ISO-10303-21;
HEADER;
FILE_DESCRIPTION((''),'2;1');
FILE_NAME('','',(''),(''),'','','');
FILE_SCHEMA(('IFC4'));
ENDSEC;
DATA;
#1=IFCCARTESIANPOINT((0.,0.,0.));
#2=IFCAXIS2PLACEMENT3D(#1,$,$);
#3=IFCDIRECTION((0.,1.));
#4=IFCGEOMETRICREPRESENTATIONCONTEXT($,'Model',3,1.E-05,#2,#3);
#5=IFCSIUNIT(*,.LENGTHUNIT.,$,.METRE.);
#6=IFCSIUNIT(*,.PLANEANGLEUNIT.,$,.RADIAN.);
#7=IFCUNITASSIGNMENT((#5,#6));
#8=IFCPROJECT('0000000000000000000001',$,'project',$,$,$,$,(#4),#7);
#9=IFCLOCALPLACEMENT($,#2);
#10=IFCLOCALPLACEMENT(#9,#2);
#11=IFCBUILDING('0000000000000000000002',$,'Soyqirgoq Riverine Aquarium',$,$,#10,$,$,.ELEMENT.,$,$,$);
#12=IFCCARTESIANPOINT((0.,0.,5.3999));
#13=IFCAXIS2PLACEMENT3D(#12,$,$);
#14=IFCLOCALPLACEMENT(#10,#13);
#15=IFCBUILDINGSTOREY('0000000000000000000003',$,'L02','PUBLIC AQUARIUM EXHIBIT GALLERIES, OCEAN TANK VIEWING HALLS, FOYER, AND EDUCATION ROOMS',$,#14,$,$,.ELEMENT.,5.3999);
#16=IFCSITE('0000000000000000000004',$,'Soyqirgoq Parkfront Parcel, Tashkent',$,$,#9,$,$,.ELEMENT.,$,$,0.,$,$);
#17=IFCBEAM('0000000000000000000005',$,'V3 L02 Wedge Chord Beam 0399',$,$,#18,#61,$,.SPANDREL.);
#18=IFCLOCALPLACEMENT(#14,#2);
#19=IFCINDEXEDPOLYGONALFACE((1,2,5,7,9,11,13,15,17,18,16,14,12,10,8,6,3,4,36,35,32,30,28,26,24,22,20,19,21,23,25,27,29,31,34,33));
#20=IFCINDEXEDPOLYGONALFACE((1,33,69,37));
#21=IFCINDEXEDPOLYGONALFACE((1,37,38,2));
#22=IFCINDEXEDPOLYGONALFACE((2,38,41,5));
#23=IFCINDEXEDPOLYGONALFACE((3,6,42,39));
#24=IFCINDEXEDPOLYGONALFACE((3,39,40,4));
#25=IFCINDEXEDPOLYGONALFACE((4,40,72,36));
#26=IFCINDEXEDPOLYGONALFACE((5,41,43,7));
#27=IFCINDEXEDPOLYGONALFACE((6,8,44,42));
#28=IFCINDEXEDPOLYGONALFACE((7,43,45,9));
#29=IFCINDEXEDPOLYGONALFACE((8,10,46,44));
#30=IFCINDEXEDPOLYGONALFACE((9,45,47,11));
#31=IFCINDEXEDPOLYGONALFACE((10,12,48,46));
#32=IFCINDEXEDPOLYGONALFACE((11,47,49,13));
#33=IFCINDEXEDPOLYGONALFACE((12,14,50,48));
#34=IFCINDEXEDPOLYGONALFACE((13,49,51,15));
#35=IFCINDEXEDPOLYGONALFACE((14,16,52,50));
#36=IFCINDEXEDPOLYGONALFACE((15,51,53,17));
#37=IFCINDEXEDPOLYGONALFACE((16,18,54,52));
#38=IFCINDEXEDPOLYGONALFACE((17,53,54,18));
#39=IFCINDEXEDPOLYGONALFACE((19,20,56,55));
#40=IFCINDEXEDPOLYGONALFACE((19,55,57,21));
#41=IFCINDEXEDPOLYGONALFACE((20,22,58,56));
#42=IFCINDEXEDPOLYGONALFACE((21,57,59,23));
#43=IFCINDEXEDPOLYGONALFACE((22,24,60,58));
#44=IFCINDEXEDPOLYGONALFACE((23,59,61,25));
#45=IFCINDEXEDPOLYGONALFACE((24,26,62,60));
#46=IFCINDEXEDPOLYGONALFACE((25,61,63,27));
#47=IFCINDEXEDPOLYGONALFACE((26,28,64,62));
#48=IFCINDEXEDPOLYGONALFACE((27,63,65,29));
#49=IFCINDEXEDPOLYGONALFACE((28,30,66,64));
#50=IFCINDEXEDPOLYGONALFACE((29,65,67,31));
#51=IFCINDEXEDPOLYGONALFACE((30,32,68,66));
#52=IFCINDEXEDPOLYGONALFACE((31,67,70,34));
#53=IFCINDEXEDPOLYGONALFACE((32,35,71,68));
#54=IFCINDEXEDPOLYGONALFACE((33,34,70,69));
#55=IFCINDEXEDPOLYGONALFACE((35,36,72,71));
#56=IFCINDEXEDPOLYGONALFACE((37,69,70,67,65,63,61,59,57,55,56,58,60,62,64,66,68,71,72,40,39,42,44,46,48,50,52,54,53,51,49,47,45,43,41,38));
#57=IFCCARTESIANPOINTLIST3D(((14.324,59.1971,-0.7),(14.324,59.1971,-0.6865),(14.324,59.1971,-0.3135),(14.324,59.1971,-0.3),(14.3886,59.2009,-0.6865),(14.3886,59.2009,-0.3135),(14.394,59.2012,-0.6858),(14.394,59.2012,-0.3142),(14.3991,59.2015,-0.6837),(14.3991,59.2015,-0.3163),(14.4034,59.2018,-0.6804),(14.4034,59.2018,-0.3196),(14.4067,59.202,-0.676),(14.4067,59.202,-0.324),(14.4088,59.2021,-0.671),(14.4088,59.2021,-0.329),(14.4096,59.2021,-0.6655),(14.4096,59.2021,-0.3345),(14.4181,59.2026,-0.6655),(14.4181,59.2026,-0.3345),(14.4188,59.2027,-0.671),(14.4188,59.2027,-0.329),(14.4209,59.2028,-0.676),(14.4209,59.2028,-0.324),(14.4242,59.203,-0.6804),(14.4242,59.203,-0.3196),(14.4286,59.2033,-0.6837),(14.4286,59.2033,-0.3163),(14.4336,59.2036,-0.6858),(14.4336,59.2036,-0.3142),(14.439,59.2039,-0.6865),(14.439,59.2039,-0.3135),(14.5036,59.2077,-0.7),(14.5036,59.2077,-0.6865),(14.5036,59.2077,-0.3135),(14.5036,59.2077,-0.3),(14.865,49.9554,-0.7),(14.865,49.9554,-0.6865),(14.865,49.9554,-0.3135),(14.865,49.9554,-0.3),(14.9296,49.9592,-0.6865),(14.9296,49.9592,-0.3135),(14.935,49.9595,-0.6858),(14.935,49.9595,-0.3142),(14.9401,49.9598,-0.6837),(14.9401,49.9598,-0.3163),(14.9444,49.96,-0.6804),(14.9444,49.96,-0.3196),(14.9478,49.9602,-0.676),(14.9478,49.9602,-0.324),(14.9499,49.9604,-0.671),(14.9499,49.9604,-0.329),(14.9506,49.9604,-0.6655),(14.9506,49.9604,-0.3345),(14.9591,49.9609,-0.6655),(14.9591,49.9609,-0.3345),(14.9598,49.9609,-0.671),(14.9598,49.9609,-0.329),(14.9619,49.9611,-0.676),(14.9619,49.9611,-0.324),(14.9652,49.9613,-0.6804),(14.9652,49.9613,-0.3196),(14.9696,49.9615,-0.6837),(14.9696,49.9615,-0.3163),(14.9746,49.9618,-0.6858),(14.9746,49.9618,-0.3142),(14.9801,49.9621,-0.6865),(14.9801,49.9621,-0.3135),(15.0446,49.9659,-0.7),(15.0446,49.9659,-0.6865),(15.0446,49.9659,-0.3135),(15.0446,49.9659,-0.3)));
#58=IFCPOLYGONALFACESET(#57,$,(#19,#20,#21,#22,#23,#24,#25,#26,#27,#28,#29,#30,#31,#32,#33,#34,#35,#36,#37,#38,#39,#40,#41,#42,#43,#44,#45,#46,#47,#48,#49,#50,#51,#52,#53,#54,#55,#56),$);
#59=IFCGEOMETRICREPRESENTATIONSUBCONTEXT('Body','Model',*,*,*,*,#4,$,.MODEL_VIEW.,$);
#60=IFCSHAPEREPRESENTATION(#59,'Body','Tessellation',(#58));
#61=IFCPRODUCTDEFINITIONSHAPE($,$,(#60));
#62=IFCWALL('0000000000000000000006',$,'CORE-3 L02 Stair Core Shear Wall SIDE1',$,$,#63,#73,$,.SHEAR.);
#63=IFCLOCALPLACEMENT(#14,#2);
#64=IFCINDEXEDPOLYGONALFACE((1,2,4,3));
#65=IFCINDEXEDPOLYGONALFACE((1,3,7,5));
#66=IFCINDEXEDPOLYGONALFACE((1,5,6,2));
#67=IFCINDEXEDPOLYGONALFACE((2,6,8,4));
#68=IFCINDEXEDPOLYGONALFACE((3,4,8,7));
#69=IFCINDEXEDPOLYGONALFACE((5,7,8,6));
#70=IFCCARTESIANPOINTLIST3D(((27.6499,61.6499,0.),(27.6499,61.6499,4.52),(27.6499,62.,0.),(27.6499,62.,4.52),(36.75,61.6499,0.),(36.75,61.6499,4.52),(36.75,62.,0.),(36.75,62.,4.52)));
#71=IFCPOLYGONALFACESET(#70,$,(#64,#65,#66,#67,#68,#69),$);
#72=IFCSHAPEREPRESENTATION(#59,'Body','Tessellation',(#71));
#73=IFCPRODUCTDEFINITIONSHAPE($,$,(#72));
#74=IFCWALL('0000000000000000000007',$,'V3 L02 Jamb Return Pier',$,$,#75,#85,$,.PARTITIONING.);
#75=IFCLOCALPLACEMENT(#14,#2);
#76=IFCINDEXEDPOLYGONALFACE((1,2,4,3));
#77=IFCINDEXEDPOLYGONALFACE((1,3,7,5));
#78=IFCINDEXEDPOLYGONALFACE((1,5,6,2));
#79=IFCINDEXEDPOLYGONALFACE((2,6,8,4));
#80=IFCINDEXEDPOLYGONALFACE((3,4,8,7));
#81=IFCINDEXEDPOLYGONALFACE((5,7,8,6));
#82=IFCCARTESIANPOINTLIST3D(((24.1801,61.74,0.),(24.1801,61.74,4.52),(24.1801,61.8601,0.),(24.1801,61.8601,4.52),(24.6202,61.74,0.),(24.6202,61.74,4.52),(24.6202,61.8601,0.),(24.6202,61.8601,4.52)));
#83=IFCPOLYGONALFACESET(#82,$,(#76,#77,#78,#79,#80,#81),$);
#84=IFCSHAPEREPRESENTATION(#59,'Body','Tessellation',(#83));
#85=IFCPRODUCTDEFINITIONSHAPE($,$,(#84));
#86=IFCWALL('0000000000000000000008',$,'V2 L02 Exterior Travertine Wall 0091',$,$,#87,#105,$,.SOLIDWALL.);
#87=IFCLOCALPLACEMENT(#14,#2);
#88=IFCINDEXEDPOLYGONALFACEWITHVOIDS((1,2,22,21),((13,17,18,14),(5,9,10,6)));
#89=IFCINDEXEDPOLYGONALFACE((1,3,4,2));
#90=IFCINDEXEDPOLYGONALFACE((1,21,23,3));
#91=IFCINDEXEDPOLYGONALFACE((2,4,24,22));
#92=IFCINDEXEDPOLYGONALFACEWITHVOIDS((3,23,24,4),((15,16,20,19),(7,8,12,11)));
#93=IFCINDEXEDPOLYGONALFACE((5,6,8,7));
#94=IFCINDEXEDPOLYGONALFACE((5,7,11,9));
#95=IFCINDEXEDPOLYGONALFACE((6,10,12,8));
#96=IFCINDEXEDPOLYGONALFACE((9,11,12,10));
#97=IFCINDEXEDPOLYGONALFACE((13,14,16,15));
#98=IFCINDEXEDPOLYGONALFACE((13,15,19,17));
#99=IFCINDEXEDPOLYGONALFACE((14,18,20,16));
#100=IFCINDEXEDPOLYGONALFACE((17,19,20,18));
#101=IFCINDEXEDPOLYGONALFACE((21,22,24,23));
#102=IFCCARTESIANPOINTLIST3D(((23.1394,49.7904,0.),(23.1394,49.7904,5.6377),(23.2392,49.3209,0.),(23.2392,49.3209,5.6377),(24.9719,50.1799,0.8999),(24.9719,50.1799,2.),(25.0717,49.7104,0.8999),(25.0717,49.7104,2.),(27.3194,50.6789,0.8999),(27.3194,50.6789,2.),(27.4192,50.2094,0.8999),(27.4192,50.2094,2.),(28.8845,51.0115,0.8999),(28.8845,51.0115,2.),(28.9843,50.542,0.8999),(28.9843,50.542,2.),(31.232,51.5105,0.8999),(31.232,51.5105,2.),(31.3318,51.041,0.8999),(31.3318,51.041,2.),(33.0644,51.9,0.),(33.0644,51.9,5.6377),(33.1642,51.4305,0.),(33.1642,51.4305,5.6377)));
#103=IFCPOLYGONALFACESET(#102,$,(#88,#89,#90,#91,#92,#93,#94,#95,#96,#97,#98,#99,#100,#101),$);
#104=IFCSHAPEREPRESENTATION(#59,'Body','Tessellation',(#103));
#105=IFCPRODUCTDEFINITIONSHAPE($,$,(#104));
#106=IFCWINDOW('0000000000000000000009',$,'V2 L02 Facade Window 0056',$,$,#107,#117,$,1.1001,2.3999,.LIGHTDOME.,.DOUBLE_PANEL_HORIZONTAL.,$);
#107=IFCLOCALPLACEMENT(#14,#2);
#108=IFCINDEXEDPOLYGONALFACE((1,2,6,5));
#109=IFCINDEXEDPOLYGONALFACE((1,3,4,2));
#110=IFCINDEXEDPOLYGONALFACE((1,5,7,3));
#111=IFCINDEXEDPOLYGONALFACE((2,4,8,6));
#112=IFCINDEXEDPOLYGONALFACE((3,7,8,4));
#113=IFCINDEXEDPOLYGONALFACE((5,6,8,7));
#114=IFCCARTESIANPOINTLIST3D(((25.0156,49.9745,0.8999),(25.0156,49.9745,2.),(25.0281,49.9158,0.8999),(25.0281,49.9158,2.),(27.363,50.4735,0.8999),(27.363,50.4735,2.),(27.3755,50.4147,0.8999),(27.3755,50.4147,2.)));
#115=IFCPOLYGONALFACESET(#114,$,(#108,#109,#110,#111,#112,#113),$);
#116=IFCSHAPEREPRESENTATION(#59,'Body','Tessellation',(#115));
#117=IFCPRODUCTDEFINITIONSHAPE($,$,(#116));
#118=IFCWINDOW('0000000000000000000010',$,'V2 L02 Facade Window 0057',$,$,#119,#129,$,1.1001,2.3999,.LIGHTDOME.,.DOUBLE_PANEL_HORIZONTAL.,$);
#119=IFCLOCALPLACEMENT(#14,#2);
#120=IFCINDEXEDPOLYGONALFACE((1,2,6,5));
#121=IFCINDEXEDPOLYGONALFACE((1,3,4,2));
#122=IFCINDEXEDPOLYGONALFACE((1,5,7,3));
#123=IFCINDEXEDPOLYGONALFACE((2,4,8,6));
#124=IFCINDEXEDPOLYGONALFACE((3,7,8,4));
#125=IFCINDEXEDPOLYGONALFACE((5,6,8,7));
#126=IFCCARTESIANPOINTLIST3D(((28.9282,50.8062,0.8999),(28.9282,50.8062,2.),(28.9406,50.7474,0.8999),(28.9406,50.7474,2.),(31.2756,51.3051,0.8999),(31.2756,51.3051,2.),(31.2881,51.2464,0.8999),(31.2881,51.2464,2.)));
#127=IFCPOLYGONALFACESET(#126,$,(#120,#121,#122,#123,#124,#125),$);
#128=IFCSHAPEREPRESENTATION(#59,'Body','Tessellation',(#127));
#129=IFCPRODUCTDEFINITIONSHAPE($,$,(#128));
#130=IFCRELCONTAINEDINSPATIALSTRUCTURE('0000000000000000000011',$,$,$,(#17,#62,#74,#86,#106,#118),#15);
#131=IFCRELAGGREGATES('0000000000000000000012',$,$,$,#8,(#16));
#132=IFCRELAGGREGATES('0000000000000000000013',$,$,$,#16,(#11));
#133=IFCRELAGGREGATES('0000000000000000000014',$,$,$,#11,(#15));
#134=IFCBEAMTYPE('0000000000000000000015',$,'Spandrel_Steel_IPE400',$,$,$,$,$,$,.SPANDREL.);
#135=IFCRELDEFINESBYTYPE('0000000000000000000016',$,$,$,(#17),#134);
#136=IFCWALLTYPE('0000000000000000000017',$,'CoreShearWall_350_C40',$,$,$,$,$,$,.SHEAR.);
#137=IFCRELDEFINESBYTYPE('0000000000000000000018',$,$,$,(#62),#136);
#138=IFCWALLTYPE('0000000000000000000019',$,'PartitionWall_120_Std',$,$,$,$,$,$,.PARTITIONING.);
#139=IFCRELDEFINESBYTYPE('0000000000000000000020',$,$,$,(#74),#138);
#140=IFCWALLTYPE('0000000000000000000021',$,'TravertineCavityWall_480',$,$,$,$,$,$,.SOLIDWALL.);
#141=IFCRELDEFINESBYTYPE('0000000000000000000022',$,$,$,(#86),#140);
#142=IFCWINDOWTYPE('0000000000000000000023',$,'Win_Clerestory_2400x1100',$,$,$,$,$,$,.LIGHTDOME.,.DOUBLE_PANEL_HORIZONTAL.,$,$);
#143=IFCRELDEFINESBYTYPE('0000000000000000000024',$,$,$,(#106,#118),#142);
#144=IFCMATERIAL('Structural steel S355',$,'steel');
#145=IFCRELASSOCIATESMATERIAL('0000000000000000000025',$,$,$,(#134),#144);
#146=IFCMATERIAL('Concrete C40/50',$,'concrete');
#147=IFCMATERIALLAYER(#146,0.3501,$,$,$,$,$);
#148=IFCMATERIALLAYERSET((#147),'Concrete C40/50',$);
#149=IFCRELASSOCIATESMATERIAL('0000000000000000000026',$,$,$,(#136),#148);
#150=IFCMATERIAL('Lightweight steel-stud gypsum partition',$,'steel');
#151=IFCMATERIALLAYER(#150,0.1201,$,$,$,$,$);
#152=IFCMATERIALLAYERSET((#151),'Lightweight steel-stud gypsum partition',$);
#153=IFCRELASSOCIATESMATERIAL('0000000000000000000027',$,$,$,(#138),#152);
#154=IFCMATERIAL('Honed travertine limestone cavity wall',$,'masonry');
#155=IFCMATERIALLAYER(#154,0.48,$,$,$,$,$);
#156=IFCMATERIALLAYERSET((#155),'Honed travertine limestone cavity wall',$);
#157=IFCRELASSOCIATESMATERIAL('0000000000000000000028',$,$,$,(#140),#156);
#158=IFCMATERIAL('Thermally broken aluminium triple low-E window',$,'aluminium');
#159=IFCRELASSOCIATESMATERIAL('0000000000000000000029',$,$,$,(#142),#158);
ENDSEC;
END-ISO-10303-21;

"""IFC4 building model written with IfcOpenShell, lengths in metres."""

from ifc_helpers import new_model, si_unit, direction, frame, frame_2d, origin, origin_2d, place, context, subcontext, project, spatial, rectangle, i_section, extrude, material, layer, layer_set, material_profile, profile_set, type_object, element, fill, save


model = new_model("IFC4")

# Units and contexts
model_context = context("Model", 3, precision=1e-05, world=origin(), true_north=direction((0.0, 1.0)))
body_context = subcontext(model_context, "Body", "Model", "MODEL_VIEW")
ifc_project = project(units=[si_unit("LENGTHUNIT", "METRE"), si_unit("PLANEANGLEUNIT", "RADIAN")], contexts=[model_context])

# Site, building, storey
site_placement = place(None, origin())
site = spatial("IfcSite", under=ifc_project, at=site_placement, Name="Soyqirgoq Parkfront Parcel, Tashkent", CompositionType="ELEMENT", RefElevation=0.0)
building_placement = place(site_placement, origin())
building = spatial("IfcBuilding", under=site, at=building_placement, Name="Soyqirgoq Riverine Aquarium", CompositionType="ELEMENT")
storey_placement = place(building_placement, frame((0.0, 0.0, 5.3999)))
storey = spatial("IfcBuildingStorey", under=building, at=storey_placement, Name="L02", Description="PUBLIC AQUARIUM EXHIBIT GALLERIES, OCEAN TANK VIEWING HALLS, FOYER, AND EDUCATION ROOMS", CompositionType="ELEMENT", Elevation=5.3999)

# Beam
ifc_material_1 = material(Name="Structural steel S355", Category="steel")
ifc_material_profile_1 = material_profile(ifc_material_1, i_section(OverallWidth=0.1799, OverallDepth=0.3999, WebThickness=0.0085, FlangeThickness=0.0134, FilletRadius=0.021, at=origin_2d()), Name="IPE 400")
ifc_profile_set_1 = profile_set([ifc_material_profile_1], Name="Structural steel S355")
beam_type_1 = type_object("IfcBeamType", Name="Spandrel_Steel_IPE400", PredefinedType="SPANDREL", material=ifc_profile_set_1)
beam_1_placement = place(storey_placement, frame((14.4138, 59.2024, -0.5), z_axis=(0.058441, -0.998291, 0.0), x_axis=(0.998291, 0.058441, 0.0)))
element("IfcBeam", 1, at=beam_1_placement, inside=storey, type_object=beam_type_1, Name="V3 L02 Wedge Chord Beam 0399", PredefinedType="SPANDREL", context=body_context, shape_type="SweptSolid", body=[
    extrude(i_section(OverallWidth=0.1799, OverallDepth=0.3999, WebThickness=0.0085, FlangeThickness=0.0134, FilletRadius=0.021, at=origin_2d()), origin(), (0.0, 0.0, 1.0), 9.2576),
])

# Walls
ifc_material_2 = material(Name="Concrete C40/50", Category="concrete")
ifc_layer_1 = layer(ifc_material_2, 0.3501)
ifc_layer_set_1 = layer_set([ifc_layer_1], Name="Concrete C40/50")
wall_type_1 = type_object("IfcWallType", Name="CoreShearWall_350_C40", PredefinedType="SHEAR", material=ifc_layer_set_1)
wall_1_placement = place(storey_placement, frame((27.6499, 61.825, 0.0), z_axis=(0.0, 0.0, 1.0), x_axis=(1.0, 0.0, 0.0)))
element("IfcWall", 2, at=wall_1_placement, inside=storey, type_object=wall_type_1, Name="CORE-3 L02 Stair Core Shear Wall SIDE1", PredefinedType="SHEAR", context=body_context, shape_type="SweptSolid", body=[
    extrude(rectangle(XDim=9.1001, YDim=0.3501, at=frame_2d((4.55, 0.0))), origin(), (0.0, 0.0, 1.0), 4.52),
])
ifc_material_3 = material(Name="Lightweight steel-stud gypsum partition", Category="steel")
ifc_layer_2 = layer(ifc_material_3, 0.1201)
ifc_layer_set_2 = layer_set([ifc_layer_2], Name="Lightweight steel-stud gypsum partition")
wall_type_2 = type_object("IfcWallType", Name="PartitionWall_120_Std", PredefinedType="PARTITIONING", material=ifc_layer_set_2)
wall_2_placement = place(storey_placement, frame((24.1799, 61.8, 0.0), z_axis=(0.0, 0.0, 1.0), x_axis=(1.0, 0.0, 0.0)))
element("IfcWall", 3, at=wall_2_placement, inside=storey, type_object=wall_type_2, Name="V3 L02 Jamb Return Pier", PredefinedType="PARTITIONING", context=body_context, shape_type="SweptSolid", body=[
    extrude(rectangle(XDim=0.4402, YDim=0.1201, at=frame_2d((0.2202, 0.0))), origin(), (0.0, 0.0, 1.0), 4.52),
])

# Wall, openings, windows
ifc_material_4 = material(Name="Honed travertine limestone cavity wall", Category="masonry")
ifc_layer_3 = layer(ifc_material_4, 0.48)
ifc_layer_set_3 = layer_set([ifc_layer_3], Name="Honed travertine limestone cavity wall")
wall_type_3 = type_object("IfcWallType", Name="TravertineCavityWall_480", PredefinedType="SOLIDWALL", material=ifc_layer_set_3)
wall_3_placement = place(storey_placement, frame((23.1895, 49.5557, 0.0), z_axis=(0.0, 0.0, 1.0), x_axis=(0.978148, 0.20791, 0.0)))
wall_3 = element("IfcWall", 4, at=wall_3_placement, inside=storey, type_object=wall_type_3, Name="V2 L02 Exterior Travertine Wall 0091", PredefinedType="SOLIDWALL", context=body_context, shape_type="SweptSolid", body=[
    extrude(rectangle(XDim=10.1467, YDim=0.48, at=frame_2d((5.0732, 0.0))), origin(), (0.0, 0.0, 1.0), 5.6377),
])
opening_1_placement = place(wall_3_placement, frame((1.8733, 0.0, 0.8999)))
opening_1 = element("IfcOpeningElement", 5, at=opening_1_placement, cuts=wall_3, PredefinedType="OPENING", context=body_context, shape_type="SweptSolid", body=[
    extrude(rectangle(XDim=2.3999, YDim=1.1001, at=frame_2d((1.2, 0.55))), frame((0.0, 0.25, 0.0), z_axis=(0.0, -1.0, 0.0), x_axis=(1.0, 0.0, 0.0)), (0.0, 0.0, 1.0), 0.5),
])
opening_2_placement = place(wall_3_placement, frame((5.8733, 0.0, 0.8999)))
opening_2 = element("IfcOpeningElement", 6, at=opening_2_placement, cuts=wall_3, PredefinedType="OPENING", context=body_context, shape_type="SweptSolid", body=[
    extrude(rectangle(XDim=2.3999, YDim=1.1001, at=frame_2d((1.2, 0.55))), frame((0.0, 0.25, 0.0), z_axis=(0.0, -1.0, 0.0), x_axis=(1.0, 0.0, 0.0)), (0.0, 0.0, 1.0), 0.5),
])
ifc_material_5 = material(Name="Thermally broken aluminium triple low-E window", Category="aluminium")
window_type_1 = type_object("IfcWindowType", Name="Win_Clerestory_2400x1100", PartitioningType="DOUBLE_PANEL_HORIZONTAL", PredefinedType="LIGHTDOME", material=ifc_material_5)
window_1_placement = place(opening_1_placement, origin())
window_1 = element("IfcWindow", 7, at=window_1_placement, inside=storey, type_object=window_type_1, Name="V2 L02 Facade Window 0056", OverallHeight=1.1001, OverallWidth=2.3999, PartitioningType="DOUBLE_PANEL_HORIZONTAL", PredefinedType="LIGHTDOME", context=body_context, shape_type="SweptSolid", body=[
    extrude(rectangle(XDim=2.3999, YDim=1.1001, at=frame_2d((1.2, 0.55))), frame((0.0, 0.03, 0.0), z_axis=(0.0, -1.0, 0.0), x_axis=(1.0, 0.0, 0.0)), (0.0, 0.0, 1.0), 0.0601),
])
fill(opening_1, window_1)
window_2_placement = place(opening_2_placement, origin())
window_2 = element("IfcWindow", 8, at=window_2_placement, inside=storey, type_object=window_type_1, Name="V2 L02 Facade Window 0057", OverallHeight=1.1001, OverallWidth=2.3999, PartitioningType="DOUBLE_PANEL_HORIZONTAL", PredefinedType="LIGHTDOME", context=body_context, shape_type="SweptSolid", body=[
    extrude(rectangle(XDim=2.3999, YDim=1.1001, at=frame_2d((1.2, 0.55))), frame((0.0, 0.03, 0.0), z_axis=(0.0, -1.0, 0.0), x_axis=(1.0, 0.0, 0.0)), (0.0, 0.0, 1.0), 0.0601),
])
fill(opening_2, window_2)

save(model, "model.ifc")
